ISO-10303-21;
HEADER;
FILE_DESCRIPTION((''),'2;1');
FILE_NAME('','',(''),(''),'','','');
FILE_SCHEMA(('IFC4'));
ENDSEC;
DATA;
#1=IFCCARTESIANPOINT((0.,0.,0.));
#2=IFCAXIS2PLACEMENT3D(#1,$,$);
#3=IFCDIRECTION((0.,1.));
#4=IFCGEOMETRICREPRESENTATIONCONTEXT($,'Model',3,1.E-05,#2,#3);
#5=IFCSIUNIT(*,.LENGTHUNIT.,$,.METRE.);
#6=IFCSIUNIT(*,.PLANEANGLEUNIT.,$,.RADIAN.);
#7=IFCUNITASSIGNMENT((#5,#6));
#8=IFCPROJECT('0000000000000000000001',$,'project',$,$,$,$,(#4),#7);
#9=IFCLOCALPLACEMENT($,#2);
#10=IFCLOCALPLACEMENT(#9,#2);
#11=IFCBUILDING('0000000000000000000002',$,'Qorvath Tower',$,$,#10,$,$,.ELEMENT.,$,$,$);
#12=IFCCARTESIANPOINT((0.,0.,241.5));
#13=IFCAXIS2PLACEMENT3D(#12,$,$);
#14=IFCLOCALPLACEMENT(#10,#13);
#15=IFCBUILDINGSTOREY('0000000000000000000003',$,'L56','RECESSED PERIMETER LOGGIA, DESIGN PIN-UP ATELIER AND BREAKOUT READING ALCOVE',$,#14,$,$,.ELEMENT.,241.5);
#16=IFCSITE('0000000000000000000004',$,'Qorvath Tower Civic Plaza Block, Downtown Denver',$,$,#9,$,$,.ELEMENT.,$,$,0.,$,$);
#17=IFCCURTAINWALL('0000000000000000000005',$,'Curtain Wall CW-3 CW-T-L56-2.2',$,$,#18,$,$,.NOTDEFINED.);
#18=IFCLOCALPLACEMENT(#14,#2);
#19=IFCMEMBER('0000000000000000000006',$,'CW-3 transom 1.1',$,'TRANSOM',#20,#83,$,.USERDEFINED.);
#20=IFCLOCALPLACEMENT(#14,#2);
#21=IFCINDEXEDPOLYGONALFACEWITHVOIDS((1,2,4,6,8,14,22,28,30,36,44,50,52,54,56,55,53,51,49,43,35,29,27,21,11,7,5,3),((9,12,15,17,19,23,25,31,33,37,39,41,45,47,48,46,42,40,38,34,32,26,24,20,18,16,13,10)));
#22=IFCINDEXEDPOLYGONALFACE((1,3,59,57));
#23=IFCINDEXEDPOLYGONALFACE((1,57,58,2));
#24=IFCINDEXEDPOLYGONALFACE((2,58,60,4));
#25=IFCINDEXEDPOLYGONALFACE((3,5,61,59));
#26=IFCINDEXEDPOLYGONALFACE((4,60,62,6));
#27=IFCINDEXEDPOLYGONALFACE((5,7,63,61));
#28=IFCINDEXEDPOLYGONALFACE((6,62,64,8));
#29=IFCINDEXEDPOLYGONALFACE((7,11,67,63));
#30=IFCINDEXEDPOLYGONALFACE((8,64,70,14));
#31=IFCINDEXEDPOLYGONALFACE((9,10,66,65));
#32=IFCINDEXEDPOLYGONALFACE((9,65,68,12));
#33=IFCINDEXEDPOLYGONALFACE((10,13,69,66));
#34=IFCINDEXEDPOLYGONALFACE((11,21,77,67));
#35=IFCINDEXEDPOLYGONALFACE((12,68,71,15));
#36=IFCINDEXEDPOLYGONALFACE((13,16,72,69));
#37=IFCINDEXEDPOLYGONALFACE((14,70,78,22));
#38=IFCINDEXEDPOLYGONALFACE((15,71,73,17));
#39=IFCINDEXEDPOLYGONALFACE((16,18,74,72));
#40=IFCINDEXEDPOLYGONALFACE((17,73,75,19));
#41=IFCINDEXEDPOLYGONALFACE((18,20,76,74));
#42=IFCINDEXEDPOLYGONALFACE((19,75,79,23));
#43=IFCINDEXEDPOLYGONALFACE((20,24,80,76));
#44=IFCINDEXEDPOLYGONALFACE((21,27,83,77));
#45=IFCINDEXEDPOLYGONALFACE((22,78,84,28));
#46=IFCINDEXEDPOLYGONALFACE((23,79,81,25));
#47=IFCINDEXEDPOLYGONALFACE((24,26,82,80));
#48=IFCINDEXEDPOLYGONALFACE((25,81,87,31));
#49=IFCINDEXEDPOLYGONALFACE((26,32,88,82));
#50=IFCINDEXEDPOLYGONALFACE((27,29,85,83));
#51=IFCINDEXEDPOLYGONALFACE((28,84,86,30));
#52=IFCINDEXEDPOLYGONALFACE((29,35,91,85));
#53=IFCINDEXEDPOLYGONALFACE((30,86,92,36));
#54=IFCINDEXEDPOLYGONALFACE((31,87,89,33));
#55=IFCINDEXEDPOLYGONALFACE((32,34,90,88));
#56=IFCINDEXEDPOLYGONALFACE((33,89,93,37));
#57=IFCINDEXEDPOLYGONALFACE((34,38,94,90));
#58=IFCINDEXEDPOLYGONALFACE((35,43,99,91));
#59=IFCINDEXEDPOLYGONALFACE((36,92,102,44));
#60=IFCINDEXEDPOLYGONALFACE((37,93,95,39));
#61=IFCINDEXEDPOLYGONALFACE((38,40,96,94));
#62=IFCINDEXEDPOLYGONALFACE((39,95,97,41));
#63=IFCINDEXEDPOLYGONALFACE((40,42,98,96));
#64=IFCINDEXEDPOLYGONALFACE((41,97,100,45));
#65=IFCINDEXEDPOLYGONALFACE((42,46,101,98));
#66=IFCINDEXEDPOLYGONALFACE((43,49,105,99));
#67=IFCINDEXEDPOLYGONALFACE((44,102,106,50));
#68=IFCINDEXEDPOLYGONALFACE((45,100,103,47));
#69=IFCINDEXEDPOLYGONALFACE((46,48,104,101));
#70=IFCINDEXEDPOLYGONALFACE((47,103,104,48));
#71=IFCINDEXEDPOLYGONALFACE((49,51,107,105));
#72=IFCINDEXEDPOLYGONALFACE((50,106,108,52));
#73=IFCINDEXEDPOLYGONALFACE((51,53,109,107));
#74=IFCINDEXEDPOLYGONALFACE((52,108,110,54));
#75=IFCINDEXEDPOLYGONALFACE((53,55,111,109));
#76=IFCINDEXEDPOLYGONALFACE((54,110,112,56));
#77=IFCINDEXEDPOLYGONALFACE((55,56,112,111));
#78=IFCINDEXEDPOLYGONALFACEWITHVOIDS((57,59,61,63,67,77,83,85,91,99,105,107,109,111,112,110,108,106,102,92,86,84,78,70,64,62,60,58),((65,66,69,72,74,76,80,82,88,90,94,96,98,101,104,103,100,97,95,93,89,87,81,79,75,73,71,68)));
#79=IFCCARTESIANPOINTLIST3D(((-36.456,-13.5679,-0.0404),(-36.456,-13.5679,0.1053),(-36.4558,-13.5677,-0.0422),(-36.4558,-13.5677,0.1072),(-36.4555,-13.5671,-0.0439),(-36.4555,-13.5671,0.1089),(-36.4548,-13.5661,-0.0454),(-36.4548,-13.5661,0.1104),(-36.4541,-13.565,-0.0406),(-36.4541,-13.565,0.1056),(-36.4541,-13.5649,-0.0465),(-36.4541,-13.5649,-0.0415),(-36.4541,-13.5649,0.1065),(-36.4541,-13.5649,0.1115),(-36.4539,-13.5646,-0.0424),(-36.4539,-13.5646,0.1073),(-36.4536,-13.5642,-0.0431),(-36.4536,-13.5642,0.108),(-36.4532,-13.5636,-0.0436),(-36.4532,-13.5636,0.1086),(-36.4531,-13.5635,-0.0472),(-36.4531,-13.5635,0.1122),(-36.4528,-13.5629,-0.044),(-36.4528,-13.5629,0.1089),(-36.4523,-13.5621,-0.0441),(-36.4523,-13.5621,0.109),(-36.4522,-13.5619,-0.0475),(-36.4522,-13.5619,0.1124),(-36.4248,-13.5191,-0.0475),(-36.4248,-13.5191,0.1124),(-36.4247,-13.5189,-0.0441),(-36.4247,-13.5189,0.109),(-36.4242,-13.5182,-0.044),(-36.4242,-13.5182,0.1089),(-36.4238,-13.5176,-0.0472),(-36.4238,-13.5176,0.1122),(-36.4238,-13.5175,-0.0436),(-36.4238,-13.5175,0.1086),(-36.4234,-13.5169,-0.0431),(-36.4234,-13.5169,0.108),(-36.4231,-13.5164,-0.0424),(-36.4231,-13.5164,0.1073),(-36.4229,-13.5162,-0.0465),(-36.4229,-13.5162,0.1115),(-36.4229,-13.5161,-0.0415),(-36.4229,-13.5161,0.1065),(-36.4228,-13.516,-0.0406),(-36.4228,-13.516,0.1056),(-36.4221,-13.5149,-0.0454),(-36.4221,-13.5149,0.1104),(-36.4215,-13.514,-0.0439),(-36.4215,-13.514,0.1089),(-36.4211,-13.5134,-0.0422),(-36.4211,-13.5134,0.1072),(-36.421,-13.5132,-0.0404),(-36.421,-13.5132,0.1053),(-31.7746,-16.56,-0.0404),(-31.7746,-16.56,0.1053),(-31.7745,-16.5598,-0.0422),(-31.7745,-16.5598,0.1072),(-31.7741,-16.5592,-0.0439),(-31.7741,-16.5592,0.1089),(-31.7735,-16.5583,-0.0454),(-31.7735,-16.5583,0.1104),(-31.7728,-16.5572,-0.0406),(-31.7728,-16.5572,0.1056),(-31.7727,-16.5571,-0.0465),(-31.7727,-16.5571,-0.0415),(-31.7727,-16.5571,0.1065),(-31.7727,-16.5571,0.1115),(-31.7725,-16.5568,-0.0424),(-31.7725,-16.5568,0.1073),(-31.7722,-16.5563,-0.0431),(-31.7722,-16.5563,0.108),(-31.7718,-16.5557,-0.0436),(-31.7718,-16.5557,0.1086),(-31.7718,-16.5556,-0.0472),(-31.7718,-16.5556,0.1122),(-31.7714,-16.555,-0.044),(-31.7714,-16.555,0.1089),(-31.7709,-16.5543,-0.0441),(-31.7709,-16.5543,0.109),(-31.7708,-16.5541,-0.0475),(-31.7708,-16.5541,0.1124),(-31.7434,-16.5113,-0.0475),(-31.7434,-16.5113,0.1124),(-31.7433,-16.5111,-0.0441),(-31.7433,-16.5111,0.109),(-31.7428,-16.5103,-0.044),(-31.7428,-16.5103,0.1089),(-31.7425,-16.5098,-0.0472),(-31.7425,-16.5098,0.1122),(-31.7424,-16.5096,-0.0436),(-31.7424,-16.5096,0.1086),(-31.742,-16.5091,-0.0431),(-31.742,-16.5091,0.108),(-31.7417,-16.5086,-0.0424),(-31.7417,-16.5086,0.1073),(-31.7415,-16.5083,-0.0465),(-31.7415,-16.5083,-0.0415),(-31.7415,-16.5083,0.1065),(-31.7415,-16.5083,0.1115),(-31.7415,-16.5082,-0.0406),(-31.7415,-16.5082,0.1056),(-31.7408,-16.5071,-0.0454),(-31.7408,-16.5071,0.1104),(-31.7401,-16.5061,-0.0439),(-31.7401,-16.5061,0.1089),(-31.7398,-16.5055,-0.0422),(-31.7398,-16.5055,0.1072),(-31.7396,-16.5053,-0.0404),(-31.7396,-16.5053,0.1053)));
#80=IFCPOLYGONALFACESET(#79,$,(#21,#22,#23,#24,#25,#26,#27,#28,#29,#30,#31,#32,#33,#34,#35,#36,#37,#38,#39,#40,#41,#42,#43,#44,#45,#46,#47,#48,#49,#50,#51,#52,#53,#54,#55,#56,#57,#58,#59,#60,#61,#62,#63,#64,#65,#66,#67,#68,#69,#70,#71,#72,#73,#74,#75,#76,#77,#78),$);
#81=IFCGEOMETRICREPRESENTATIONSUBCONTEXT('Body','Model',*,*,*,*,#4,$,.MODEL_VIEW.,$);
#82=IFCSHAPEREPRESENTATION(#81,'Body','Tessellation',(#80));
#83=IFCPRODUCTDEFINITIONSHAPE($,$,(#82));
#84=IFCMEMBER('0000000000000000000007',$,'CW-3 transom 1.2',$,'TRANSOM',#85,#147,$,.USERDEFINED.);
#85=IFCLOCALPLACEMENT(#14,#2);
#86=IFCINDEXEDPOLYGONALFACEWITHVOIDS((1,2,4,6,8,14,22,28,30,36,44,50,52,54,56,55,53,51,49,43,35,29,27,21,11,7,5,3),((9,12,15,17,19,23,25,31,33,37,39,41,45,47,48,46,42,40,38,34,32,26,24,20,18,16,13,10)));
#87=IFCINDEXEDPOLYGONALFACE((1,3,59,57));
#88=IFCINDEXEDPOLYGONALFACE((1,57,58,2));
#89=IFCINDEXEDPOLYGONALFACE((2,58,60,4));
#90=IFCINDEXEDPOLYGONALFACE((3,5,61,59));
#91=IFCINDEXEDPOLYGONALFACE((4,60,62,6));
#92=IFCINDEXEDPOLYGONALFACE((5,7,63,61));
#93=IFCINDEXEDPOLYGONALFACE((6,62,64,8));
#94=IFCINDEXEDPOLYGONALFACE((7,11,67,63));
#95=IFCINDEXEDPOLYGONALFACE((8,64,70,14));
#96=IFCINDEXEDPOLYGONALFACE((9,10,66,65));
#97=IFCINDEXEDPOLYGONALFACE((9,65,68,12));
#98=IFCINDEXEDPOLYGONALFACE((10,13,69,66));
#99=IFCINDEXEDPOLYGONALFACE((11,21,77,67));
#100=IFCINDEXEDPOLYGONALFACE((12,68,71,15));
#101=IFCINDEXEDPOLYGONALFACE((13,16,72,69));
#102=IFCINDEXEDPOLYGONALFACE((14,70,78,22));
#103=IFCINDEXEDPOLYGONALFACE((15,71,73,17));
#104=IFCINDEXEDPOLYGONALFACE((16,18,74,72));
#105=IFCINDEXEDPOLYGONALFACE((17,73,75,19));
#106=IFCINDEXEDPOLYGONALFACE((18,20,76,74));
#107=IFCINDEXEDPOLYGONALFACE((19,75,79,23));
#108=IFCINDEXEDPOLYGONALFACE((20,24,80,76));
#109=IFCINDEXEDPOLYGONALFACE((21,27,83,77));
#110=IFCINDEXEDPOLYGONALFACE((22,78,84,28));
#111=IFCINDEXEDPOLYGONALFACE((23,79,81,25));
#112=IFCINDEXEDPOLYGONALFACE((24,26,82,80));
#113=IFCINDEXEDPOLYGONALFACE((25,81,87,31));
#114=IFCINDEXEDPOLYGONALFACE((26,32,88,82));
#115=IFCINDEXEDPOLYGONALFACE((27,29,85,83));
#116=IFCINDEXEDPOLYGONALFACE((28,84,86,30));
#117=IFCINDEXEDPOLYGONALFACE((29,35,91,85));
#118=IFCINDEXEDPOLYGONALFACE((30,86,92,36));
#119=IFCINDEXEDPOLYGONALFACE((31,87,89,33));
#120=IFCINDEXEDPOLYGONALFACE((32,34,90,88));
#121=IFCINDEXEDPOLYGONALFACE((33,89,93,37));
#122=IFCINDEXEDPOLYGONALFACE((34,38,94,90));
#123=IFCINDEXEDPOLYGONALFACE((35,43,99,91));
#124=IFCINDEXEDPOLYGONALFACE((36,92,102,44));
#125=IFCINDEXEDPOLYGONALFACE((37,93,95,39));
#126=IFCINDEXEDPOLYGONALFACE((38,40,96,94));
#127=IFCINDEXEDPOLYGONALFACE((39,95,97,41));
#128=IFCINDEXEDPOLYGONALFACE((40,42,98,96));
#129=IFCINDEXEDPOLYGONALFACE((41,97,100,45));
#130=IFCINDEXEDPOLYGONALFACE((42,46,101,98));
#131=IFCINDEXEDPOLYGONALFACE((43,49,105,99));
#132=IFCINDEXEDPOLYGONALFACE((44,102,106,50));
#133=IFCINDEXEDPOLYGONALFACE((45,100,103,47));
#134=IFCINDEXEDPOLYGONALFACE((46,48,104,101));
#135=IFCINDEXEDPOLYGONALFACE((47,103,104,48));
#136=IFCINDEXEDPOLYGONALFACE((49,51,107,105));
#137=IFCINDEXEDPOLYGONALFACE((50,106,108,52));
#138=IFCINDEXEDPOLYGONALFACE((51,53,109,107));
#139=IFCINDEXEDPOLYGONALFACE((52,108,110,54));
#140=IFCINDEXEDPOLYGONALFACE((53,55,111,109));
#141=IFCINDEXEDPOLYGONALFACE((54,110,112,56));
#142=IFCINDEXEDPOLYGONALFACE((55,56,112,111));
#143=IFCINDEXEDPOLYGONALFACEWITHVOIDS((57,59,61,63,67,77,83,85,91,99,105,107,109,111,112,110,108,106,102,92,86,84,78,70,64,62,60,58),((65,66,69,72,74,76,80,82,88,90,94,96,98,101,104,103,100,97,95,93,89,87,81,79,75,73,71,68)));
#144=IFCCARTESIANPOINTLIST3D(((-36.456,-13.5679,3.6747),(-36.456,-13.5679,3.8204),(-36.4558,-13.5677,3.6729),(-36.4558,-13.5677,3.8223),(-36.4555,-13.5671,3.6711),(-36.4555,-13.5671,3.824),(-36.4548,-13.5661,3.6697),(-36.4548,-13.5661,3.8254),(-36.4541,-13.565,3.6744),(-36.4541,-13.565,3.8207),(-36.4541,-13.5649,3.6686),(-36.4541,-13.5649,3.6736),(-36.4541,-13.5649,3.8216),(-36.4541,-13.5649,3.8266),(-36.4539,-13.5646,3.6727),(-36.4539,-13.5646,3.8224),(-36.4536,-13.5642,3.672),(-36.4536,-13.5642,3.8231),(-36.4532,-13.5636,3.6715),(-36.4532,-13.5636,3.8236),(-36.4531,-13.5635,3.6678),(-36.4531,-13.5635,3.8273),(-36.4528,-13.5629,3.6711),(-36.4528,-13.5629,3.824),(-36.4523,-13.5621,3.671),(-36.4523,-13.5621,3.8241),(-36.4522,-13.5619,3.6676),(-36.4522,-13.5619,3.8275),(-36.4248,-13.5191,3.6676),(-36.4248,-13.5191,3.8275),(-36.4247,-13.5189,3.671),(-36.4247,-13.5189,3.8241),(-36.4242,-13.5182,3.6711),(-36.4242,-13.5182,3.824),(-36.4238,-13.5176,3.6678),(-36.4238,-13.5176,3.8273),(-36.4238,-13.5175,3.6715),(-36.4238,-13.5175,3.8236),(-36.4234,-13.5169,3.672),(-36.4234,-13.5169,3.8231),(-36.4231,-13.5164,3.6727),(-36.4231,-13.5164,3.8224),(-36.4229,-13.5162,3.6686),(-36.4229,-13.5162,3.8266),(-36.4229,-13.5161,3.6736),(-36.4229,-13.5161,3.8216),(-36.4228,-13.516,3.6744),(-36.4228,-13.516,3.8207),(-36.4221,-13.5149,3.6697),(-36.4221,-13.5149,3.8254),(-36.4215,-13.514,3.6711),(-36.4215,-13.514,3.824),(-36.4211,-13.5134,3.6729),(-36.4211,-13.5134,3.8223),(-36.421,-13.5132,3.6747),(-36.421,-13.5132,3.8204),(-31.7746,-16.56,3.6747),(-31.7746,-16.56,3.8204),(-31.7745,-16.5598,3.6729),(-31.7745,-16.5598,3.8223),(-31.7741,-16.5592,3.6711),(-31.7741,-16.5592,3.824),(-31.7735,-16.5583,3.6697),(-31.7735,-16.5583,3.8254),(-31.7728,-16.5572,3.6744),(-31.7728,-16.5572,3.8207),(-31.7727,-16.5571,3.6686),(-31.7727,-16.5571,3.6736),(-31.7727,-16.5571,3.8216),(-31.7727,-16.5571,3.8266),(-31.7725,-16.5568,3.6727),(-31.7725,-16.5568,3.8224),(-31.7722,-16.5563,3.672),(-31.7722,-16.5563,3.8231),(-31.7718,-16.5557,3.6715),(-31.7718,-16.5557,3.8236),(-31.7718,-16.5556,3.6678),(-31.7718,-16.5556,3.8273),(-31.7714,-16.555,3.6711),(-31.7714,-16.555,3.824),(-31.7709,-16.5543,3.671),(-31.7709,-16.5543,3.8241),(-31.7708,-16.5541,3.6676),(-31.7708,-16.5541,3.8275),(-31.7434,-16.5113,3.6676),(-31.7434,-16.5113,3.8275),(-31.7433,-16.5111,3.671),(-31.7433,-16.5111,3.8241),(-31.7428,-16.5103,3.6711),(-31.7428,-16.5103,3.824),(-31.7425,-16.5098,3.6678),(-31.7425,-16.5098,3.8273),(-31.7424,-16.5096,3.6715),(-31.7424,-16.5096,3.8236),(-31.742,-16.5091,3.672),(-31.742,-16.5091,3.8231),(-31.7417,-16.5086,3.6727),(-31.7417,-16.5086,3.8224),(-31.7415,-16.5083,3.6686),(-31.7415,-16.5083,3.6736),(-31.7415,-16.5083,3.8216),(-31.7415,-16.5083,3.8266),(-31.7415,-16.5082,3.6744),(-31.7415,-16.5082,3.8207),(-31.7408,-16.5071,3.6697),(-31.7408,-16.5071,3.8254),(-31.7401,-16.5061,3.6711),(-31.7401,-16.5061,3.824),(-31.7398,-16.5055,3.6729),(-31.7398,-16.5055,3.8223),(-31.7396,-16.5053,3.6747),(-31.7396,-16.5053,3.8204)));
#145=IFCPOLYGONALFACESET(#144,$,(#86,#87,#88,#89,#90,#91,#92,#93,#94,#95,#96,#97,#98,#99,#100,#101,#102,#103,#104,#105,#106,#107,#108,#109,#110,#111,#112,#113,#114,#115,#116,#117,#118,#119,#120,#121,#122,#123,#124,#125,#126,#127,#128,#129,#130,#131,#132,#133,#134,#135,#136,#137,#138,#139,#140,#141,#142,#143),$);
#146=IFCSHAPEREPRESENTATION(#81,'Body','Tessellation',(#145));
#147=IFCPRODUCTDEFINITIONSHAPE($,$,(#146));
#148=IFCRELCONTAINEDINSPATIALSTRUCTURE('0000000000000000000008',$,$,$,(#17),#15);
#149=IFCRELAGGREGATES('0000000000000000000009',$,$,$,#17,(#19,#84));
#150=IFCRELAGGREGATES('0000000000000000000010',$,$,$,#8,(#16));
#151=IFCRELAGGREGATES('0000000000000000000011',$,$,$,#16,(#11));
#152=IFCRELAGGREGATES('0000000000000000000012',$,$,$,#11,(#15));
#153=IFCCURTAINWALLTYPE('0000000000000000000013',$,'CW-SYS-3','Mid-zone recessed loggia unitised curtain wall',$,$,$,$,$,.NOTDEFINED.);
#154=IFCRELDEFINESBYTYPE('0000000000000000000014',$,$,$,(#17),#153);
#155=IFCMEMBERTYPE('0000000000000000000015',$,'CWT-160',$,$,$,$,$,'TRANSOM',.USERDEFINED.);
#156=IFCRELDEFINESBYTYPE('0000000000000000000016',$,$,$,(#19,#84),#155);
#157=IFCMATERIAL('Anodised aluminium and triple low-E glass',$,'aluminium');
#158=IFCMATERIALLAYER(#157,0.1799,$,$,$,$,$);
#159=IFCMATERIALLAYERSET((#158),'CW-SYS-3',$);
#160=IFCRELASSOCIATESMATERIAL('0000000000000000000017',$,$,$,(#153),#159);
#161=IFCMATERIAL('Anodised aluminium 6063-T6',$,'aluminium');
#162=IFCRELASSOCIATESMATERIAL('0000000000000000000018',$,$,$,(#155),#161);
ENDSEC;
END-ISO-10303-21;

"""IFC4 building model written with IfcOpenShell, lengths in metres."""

from ifc_helpers import new_model, si_unit, direction, frame, origin, origin_2d, place, context, subcontext, project, spatial, hollow_rectangle, extrude, material, layer, layer_set, material_profile, profile_set, type_object, element, aggregate, save


model = new_model("IFC4")

# Units and contexts
model_context = context("Model", 3, precision=1e-05, world=origin(), true_north=direction((0.0, 1.0)))
body_context = subcontext(model_context, "Body", "Model", "MODEL_VIEW")
ifc_project = project(units=[si_unit("LENGTHUNIT", "METRE"), si_unit("PLANEANGLEUNIT", "RADIAN")], contexts=[model_context])

# Site, building, storey
site_placement = place(None, origin())
site = spatial("IfcSite", under=ifc_project, at=site_placement, Name="Qorvath Tower Civic Plaza Block, Downtown Denver", CompositionType="ELEMENT", RefElevation=0.0)
building_placement = place(site_placement, origin())
building = spatial("IfcBuilding", under=site, at=building_placement, Name="Qorvath Tower", CompositionType="ELEMENT")
storey_placement = place(building_placement, frame((0.0, 0.0, 241.5)))
storey = spatial("IfcBuildingStorey", under=building, at=storey_placement, Name="L56", Description="RECESSED PERIMETER LOGGIA, DESIGN PIN-UP ATELIER AND BREAKOUT READING ALCOVE", CompositionType="ELEMENT", Elevation=241.5)

# Curtain wall, members
ifc_material_1 = material(Name="Anodised aluminium and triple low-E glass", Category="aluminium")
ifc_layer_1 = layer(ifc_material_1, 0.1799)
ifc_layer_set_1 = layer_set([ifc_layer_1], Name="CW-SYS-3")
curtain_wall_type = type_object("IfcCurtainWallType", Name="CW-SYS-3", Description="Mid-zone recessed loggia unitised curtain wall", PredefinedType="NOTDEFINED", material=ifc_layer_set_1)
curtain_wall_placement = place(storey_placement, origin())
curtain_wall = element("IfcCurtainWall", 1, at=curtain_wall_placement, inside=storey, type_object=curtain_wall_type, Name="Curtain Wall CW-3 CW-T-L56-2.2", PredefinedType="NOTDEFINED")
ifc_material_2 = material(Name="Anodised aluminium 6063-T6", Category="aluminium")
ifc_material_profile_1 = material_profile(ifc_material_2, hollow_rectangle(XDim=0.0649, YDim=0.1599, WallThickness=0.0034, InnerFilletRadius=0.0034, OuterFilletRadius=0.0071, at=origin_2d()), Name="CWT 160x65")
ifc_profile_set_1 = profile_set([ifc_material_profile_1], Name="Anodised aluminium 6063-T6")
member_type_1 = type_object("IfcMemberType", Name="CWT-160", ElementType="TRANSOM", PredefinedType="USERDEFINED", material=ifc_profile_set_1)
member_1_placement = place(storey_placement, frame((-36.4385, -13.5405, 0.0325), z_axis=(0.84259, -0.538555, 0.0), x_axis=(0.538555, 0.84259, 0.0)))
member_1 = element("IfcMember", 2, at=member_1_placement, type_object=member_type_1, Name="CW-3 transom 1.1", ObjectType="TRANSOM", PredefinedType="USERDEFINED", context=body_context, shape_type="SweptSolid", body=[
    extrude(hollow_rectangle(XDim=0.0649, YDim=0.1599, WallThickness=0.0034, InnerFilletRadius=0.0034, OuterFilletRadius=0.0071, at=origin_2d()), origin(), (0.0, 0.0, 1.0), 5.5559),
])
member_2_placement = place(storey_placement, frame((-36.4385, -13.5405, 3.7476), z_axis=(0.84259, -0.538555, 0.0), x_axis=(0.538555, 0.84259, 0.0)))
member_2 = element("IfcMember", 3, at=member_2_placement, type_object=member_type_1, Name="CW-3 transom 1.2", ObjectType="TRANSOM", PredefinedType="USERDEFINED", context=body_context, shape_type="SweptSolid", body=[
    extrude(hollow_rectangle(XDim=0.0649, YDim=0.1599, WallThickness=0.0034, InnerFilletRadius=0.0034, OuterFilletRadius=0.0071, at=origin_2d()), origin(), (0.0, 0.0, 1.0), 5.5559),
])
aggregate(curtain_wall, [member_1, member_2])

save(model, "model.ifc")
